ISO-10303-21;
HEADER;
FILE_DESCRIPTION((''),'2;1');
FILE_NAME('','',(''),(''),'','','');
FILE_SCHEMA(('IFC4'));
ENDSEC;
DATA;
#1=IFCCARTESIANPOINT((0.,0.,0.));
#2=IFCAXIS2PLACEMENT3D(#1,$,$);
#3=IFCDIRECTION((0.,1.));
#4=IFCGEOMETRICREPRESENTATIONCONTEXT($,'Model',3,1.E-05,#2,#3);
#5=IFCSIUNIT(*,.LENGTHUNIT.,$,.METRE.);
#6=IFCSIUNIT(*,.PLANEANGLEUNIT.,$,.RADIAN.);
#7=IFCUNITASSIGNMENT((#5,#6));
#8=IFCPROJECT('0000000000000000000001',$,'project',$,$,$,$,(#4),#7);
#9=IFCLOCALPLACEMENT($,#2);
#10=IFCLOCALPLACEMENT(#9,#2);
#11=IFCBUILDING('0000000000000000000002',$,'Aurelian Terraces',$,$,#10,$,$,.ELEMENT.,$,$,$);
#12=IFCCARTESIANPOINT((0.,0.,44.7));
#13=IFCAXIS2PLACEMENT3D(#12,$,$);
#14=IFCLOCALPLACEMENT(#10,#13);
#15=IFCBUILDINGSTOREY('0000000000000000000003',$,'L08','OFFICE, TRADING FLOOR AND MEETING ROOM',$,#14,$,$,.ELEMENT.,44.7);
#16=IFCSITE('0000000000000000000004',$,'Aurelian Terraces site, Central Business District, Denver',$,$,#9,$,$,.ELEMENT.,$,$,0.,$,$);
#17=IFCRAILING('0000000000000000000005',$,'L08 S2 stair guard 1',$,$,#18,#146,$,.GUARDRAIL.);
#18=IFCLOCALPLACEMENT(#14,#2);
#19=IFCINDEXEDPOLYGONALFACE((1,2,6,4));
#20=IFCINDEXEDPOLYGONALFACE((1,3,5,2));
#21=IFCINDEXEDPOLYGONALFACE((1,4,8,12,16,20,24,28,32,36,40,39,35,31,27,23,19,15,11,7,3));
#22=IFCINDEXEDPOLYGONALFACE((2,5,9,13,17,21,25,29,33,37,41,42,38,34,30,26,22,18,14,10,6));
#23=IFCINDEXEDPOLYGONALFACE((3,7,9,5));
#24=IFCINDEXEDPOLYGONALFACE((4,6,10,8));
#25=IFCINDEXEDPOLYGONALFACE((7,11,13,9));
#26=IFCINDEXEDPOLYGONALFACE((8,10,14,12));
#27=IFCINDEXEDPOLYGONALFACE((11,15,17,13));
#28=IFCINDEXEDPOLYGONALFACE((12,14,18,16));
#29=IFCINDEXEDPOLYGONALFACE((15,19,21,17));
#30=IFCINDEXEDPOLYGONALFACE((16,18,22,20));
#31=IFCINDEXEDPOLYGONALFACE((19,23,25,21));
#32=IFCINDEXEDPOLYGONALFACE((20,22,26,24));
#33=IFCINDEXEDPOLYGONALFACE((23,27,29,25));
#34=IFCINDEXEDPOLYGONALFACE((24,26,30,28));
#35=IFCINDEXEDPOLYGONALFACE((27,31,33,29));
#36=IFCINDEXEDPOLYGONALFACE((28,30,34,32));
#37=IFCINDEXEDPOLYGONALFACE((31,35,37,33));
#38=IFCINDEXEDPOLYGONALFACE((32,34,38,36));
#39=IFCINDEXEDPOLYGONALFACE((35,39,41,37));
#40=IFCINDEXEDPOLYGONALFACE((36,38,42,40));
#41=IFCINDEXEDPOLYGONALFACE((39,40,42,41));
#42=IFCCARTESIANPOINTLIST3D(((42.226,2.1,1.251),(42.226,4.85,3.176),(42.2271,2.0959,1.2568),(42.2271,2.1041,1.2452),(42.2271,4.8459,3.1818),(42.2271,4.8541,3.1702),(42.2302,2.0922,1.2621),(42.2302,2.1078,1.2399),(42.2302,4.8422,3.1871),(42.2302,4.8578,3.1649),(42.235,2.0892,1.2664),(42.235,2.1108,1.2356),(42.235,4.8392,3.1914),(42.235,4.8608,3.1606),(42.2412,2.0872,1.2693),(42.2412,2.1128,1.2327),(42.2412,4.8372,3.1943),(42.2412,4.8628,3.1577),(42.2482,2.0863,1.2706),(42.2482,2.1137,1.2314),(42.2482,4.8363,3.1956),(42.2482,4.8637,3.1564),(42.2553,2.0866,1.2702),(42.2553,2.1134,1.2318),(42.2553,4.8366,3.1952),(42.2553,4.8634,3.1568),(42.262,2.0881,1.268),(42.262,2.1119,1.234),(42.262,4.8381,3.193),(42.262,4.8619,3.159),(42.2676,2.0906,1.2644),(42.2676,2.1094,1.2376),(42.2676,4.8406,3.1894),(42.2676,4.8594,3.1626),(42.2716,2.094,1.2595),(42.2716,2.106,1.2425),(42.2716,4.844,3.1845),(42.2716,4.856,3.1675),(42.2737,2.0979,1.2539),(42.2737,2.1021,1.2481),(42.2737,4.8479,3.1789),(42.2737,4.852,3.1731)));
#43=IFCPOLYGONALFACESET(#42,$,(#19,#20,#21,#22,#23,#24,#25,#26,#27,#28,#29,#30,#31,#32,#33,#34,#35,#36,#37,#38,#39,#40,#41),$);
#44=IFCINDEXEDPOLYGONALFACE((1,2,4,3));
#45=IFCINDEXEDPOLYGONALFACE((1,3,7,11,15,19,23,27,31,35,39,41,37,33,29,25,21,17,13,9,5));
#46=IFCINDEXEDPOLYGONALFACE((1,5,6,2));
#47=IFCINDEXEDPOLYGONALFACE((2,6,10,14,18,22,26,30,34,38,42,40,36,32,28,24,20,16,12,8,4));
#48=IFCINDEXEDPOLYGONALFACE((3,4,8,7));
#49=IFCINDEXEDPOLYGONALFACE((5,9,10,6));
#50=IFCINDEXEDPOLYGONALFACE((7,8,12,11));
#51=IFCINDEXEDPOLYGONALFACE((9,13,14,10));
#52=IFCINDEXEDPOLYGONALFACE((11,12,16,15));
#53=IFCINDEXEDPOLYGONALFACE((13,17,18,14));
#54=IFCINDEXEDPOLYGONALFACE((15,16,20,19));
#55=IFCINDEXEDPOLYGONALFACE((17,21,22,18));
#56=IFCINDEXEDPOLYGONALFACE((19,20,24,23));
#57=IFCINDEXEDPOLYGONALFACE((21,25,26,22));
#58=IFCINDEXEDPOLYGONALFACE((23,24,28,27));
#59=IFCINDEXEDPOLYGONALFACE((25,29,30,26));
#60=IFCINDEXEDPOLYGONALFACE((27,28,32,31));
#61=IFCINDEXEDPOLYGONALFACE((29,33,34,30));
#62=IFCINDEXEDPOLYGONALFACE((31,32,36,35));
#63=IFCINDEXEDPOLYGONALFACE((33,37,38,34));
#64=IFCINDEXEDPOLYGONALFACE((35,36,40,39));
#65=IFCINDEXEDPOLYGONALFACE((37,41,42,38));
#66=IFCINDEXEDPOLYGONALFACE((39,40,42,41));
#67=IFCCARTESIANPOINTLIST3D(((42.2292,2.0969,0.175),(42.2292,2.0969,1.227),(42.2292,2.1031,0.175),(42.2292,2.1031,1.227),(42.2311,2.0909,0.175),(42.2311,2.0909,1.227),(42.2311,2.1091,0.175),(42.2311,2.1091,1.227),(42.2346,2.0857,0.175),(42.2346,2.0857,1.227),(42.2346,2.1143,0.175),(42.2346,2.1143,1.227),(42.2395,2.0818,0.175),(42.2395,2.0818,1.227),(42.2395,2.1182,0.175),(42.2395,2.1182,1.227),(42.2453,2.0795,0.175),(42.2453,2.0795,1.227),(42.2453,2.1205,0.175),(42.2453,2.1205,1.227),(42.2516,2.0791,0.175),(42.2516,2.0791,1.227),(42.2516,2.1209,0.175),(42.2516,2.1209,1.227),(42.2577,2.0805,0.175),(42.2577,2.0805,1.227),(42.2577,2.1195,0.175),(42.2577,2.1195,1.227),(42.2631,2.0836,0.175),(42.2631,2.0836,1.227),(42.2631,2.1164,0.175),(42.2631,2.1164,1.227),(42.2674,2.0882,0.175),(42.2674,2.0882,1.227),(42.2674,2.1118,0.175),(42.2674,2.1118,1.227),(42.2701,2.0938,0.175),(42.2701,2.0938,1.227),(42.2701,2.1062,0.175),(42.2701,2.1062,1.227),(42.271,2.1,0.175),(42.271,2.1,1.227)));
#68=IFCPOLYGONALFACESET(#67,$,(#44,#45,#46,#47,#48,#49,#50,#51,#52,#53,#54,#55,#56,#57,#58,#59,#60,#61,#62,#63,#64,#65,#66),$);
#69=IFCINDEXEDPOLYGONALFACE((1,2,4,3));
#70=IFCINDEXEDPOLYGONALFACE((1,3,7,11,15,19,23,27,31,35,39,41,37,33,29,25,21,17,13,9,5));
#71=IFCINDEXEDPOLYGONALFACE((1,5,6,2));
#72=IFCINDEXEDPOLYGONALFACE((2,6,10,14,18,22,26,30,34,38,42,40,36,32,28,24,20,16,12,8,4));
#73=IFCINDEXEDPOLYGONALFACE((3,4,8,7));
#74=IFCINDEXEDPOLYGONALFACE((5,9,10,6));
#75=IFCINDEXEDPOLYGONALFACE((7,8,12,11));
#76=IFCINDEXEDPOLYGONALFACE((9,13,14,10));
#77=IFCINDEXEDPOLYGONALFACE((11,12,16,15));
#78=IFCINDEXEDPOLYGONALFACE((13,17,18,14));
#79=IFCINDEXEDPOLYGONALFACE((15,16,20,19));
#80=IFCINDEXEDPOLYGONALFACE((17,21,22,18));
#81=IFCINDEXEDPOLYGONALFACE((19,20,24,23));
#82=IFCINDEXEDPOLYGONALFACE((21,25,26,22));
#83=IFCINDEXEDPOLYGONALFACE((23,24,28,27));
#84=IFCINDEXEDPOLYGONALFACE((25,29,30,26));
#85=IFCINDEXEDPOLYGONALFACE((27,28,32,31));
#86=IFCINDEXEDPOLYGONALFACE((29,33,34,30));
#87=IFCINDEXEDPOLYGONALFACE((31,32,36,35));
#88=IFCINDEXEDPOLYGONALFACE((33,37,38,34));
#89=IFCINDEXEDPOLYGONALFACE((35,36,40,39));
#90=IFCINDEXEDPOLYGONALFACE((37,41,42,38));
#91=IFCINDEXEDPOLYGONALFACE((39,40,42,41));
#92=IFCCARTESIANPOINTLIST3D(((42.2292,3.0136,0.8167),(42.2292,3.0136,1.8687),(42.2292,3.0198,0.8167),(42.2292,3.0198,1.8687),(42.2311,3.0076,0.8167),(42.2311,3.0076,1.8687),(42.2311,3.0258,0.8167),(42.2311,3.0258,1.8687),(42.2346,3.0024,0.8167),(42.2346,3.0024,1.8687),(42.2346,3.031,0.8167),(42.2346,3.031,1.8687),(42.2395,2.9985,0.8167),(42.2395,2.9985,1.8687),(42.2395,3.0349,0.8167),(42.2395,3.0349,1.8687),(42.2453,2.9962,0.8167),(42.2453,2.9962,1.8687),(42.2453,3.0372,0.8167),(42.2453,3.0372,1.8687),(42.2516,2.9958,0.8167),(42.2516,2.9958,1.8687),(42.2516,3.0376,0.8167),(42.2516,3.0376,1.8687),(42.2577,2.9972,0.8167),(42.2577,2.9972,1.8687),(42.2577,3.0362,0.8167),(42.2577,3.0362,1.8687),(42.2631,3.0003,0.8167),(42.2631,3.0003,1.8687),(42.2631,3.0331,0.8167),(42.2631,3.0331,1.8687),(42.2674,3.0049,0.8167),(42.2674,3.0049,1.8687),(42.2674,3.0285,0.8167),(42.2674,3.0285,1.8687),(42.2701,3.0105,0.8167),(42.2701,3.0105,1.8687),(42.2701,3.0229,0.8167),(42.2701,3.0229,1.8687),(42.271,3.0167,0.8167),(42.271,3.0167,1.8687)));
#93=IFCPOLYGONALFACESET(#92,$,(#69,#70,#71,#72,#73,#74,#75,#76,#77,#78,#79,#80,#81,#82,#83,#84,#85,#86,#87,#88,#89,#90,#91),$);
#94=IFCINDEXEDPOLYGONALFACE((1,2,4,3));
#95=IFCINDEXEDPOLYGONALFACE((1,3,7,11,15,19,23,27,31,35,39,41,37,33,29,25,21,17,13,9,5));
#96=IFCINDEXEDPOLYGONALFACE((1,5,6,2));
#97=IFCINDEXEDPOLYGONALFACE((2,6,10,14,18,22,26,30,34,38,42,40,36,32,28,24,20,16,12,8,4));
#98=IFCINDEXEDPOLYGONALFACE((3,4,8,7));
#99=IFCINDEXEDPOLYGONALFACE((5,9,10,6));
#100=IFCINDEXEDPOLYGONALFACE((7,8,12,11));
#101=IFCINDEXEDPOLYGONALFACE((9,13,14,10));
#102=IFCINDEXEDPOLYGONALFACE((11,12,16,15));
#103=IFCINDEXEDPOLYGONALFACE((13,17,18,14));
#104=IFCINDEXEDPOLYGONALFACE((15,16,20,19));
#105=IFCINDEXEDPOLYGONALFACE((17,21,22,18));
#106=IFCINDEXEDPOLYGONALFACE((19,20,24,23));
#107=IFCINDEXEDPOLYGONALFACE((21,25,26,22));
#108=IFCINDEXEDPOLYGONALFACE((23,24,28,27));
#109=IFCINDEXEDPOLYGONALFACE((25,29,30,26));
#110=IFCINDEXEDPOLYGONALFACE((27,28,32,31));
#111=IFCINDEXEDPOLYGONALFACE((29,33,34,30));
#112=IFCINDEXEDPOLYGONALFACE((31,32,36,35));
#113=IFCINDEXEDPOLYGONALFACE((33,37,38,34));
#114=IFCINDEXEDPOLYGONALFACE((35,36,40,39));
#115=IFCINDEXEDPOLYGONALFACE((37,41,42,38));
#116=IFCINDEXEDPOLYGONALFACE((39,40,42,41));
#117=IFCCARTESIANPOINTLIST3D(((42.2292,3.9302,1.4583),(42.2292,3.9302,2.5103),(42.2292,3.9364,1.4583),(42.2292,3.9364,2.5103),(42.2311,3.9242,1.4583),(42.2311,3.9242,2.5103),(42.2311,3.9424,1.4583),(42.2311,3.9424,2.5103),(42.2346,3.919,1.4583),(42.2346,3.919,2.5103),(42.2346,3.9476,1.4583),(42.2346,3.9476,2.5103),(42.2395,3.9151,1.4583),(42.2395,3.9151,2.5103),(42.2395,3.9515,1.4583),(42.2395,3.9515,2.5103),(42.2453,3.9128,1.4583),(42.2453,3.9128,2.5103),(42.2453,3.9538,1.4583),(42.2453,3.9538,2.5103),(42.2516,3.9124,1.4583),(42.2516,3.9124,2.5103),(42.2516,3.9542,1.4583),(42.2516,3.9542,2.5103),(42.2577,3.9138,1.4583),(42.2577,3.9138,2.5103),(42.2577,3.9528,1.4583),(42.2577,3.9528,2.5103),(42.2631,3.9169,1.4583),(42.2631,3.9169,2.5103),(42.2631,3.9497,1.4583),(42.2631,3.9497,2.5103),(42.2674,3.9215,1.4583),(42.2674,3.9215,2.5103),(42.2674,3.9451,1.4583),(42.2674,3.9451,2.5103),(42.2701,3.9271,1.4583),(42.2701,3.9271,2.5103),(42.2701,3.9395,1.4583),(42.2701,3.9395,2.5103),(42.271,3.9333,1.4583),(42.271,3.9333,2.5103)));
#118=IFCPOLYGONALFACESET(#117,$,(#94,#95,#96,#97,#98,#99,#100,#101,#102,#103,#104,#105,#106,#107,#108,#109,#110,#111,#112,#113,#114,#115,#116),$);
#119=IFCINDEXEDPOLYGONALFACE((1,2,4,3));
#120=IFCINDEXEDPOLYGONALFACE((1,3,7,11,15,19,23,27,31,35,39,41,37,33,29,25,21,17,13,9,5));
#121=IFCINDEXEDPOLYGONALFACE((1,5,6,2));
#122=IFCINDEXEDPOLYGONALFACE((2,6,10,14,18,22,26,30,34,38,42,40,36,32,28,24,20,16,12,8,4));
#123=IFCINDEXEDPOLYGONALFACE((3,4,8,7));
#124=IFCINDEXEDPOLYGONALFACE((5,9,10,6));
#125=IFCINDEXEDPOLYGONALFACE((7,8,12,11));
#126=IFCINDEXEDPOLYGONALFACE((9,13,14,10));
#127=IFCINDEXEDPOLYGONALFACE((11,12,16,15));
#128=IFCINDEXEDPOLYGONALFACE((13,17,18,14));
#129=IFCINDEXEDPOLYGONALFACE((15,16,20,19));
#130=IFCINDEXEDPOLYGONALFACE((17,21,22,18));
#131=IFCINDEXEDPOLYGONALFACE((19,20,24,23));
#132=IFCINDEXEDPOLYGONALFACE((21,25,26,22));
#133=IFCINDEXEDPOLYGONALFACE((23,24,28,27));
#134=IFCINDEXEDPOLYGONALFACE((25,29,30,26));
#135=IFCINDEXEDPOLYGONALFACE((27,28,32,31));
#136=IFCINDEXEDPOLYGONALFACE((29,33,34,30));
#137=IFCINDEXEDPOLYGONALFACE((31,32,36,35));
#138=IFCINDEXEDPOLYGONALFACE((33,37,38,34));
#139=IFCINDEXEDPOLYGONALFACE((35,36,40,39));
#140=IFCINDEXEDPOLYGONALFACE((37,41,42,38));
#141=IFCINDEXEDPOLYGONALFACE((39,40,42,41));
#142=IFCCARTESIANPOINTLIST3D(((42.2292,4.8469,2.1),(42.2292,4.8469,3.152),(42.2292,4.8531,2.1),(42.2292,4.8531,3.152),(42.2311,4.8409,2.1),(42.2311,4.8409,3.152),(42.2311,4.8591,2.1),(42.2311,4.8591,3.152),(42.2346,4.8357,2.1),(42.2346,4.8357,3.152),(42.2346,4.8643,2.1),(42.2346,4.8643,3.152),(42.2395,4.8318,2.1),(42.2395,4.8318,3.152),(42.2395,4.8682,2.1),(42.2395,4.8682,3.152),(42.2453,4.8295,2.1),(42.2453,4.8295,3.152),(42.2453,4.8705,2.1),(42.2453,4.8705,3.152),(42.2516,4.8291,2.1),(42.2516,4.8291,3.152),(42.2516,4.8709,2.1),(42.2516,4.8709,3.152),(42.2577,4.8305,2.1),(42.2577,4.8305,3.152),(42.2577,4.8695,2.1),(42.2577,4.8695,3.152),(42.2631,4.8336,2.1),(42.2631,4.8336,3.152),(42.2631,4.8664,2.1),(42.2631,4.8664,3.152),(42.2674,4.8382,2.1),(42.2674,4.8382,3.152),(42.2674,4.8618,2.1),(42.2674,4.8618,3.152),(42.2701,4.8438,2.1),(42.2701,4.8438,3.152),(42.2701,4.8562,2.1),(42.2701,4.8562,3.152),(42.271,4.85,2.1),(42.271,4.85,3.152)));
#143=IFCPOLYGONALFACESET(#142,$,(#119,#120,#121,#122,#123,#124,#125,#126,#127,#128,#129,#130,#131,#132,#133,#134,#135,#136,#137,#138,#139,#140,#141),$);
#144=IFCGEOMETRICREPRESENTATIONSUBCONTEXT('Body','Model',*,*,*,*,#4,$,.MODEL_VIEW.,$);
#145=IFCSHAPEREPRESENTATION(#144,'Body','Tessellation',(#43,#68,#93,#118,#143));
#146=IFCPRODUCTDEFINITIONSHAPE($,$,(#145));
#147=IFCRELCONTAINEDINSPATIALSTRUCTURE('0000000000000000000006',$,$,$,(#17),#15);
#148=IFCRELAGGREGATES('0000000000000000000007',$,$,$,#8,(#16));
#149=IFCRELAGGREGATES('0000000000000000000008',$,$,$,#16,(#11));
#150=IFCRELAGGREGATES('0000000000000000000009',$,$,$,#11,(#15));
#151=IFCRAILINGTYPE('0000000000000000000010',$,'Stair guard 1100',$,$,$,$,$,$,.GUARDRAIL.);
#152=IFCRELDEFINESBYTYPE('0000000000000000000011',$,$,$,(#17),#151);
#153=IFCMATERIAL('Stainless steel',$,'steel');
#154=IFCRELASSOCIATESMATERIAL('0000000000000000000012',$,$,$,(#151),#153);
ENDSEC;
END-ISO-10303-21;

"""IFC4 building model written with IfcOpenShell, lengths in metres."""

from ifc_helpers import new_model, si_unit, direction, frame, origin, origin_2d, place, context, subcontext, project, spatial, circle, extrude, source, transform, mapped, material, type_object, element, save


model = new_model("IFC4")

# Units and contexts
model_context = context("Model", 3, precision=1e-05, world=origin(), true_north=direction((0.0, 1.0)))
body_context = subcontext(model_context, "Body", "Model", "MODEL_VIEW")
ifc_project = project(units=[si_unit("LENGTHUNIT", "METRE"), si_unit("PLANEANGLEUNIT", "RADIAN")], contexts=[model_context])

# Site, building, storey
site_placement = place(None, origin())
site = spatial("IfcSite", under=ifc_project, at=site_placement, Name="Aurelian Terraces site, Central Business District, Denver", CompositionType="ELEMENT", RefElevation=0.0)
building_placement = place(site_placement, origin())
building = spatial("IfcBuilding", under=site, at=building_placement, Name="Aurelian Terraces", CompositionType="ELEMENT")
storey_placement = place(building_placement, frame((0.0, 0.0, 44.7)))
storey = spatial("IfcBuildingStorey", under=building, at=storey_placement, Name="L08", Description="OFFICE, TRADING FLOOR AND MEETING ROOM", CompositionType="ELEMENT", Elevation=44.7)

# Railing
ifc_material_1 = material(Name="Stainless steel", Category="steel")
railing_type_1 = type_object("IfcRailingType", Name="Stair guard 1100", PredefinedType="GUARDRAIL", material=ifc_material_1)
shared_shape_1 = source(origin(), body_context, "Body", "SweptSolid", [
    extrude(circle(Radius=0.024, at=origin_2d()), frame((0.0, 0.0, 1.076), z_axis=(0.0, 0.819232, 0.573462), x_axis=(-1.0, 0.0, 0.0)), (0.0, 0.0, 1.0), 3.3568),
    extrude(circle(Radius=0.021, at=origin_2d()), origin(), (0.0, 0.0, 1.0), 1.052),
    extrude(circle(Radius=0.021, at=origin_2d()), frame((0.0, 0.9167, 0.6417)), (0.0, 0.0, 1.0), 1.052),
    extrude(circle(Radius=0.021, at=origin_2d()), frame((0.0, 1.8333, 1.2833)), (0.0, 0.0, 1.0), 1.052),
    extrude(circle(Radius=0.021, at=origin_2d()), frame((0.0, 2.75, 1.925)), (0.0, 0.0, 1.0), 1.052),
])
railing_1_placement = place(storey_placement, frame((42.25, 2.1, 0.175)))
element("IfcRailing", 1, at=railing_1_placement, inside=storey, type_object=railing_type_1, Name="L08 S2 stair guard 1", PredefinedType="GUARDRAIL", context=body_context, shape_type="MappedRepresentation", body=[
    mapped(shared_shape_1, transform((0.0, 0.0, 0.0), scale=1.0)),
])

save(model, "model.ifc")
